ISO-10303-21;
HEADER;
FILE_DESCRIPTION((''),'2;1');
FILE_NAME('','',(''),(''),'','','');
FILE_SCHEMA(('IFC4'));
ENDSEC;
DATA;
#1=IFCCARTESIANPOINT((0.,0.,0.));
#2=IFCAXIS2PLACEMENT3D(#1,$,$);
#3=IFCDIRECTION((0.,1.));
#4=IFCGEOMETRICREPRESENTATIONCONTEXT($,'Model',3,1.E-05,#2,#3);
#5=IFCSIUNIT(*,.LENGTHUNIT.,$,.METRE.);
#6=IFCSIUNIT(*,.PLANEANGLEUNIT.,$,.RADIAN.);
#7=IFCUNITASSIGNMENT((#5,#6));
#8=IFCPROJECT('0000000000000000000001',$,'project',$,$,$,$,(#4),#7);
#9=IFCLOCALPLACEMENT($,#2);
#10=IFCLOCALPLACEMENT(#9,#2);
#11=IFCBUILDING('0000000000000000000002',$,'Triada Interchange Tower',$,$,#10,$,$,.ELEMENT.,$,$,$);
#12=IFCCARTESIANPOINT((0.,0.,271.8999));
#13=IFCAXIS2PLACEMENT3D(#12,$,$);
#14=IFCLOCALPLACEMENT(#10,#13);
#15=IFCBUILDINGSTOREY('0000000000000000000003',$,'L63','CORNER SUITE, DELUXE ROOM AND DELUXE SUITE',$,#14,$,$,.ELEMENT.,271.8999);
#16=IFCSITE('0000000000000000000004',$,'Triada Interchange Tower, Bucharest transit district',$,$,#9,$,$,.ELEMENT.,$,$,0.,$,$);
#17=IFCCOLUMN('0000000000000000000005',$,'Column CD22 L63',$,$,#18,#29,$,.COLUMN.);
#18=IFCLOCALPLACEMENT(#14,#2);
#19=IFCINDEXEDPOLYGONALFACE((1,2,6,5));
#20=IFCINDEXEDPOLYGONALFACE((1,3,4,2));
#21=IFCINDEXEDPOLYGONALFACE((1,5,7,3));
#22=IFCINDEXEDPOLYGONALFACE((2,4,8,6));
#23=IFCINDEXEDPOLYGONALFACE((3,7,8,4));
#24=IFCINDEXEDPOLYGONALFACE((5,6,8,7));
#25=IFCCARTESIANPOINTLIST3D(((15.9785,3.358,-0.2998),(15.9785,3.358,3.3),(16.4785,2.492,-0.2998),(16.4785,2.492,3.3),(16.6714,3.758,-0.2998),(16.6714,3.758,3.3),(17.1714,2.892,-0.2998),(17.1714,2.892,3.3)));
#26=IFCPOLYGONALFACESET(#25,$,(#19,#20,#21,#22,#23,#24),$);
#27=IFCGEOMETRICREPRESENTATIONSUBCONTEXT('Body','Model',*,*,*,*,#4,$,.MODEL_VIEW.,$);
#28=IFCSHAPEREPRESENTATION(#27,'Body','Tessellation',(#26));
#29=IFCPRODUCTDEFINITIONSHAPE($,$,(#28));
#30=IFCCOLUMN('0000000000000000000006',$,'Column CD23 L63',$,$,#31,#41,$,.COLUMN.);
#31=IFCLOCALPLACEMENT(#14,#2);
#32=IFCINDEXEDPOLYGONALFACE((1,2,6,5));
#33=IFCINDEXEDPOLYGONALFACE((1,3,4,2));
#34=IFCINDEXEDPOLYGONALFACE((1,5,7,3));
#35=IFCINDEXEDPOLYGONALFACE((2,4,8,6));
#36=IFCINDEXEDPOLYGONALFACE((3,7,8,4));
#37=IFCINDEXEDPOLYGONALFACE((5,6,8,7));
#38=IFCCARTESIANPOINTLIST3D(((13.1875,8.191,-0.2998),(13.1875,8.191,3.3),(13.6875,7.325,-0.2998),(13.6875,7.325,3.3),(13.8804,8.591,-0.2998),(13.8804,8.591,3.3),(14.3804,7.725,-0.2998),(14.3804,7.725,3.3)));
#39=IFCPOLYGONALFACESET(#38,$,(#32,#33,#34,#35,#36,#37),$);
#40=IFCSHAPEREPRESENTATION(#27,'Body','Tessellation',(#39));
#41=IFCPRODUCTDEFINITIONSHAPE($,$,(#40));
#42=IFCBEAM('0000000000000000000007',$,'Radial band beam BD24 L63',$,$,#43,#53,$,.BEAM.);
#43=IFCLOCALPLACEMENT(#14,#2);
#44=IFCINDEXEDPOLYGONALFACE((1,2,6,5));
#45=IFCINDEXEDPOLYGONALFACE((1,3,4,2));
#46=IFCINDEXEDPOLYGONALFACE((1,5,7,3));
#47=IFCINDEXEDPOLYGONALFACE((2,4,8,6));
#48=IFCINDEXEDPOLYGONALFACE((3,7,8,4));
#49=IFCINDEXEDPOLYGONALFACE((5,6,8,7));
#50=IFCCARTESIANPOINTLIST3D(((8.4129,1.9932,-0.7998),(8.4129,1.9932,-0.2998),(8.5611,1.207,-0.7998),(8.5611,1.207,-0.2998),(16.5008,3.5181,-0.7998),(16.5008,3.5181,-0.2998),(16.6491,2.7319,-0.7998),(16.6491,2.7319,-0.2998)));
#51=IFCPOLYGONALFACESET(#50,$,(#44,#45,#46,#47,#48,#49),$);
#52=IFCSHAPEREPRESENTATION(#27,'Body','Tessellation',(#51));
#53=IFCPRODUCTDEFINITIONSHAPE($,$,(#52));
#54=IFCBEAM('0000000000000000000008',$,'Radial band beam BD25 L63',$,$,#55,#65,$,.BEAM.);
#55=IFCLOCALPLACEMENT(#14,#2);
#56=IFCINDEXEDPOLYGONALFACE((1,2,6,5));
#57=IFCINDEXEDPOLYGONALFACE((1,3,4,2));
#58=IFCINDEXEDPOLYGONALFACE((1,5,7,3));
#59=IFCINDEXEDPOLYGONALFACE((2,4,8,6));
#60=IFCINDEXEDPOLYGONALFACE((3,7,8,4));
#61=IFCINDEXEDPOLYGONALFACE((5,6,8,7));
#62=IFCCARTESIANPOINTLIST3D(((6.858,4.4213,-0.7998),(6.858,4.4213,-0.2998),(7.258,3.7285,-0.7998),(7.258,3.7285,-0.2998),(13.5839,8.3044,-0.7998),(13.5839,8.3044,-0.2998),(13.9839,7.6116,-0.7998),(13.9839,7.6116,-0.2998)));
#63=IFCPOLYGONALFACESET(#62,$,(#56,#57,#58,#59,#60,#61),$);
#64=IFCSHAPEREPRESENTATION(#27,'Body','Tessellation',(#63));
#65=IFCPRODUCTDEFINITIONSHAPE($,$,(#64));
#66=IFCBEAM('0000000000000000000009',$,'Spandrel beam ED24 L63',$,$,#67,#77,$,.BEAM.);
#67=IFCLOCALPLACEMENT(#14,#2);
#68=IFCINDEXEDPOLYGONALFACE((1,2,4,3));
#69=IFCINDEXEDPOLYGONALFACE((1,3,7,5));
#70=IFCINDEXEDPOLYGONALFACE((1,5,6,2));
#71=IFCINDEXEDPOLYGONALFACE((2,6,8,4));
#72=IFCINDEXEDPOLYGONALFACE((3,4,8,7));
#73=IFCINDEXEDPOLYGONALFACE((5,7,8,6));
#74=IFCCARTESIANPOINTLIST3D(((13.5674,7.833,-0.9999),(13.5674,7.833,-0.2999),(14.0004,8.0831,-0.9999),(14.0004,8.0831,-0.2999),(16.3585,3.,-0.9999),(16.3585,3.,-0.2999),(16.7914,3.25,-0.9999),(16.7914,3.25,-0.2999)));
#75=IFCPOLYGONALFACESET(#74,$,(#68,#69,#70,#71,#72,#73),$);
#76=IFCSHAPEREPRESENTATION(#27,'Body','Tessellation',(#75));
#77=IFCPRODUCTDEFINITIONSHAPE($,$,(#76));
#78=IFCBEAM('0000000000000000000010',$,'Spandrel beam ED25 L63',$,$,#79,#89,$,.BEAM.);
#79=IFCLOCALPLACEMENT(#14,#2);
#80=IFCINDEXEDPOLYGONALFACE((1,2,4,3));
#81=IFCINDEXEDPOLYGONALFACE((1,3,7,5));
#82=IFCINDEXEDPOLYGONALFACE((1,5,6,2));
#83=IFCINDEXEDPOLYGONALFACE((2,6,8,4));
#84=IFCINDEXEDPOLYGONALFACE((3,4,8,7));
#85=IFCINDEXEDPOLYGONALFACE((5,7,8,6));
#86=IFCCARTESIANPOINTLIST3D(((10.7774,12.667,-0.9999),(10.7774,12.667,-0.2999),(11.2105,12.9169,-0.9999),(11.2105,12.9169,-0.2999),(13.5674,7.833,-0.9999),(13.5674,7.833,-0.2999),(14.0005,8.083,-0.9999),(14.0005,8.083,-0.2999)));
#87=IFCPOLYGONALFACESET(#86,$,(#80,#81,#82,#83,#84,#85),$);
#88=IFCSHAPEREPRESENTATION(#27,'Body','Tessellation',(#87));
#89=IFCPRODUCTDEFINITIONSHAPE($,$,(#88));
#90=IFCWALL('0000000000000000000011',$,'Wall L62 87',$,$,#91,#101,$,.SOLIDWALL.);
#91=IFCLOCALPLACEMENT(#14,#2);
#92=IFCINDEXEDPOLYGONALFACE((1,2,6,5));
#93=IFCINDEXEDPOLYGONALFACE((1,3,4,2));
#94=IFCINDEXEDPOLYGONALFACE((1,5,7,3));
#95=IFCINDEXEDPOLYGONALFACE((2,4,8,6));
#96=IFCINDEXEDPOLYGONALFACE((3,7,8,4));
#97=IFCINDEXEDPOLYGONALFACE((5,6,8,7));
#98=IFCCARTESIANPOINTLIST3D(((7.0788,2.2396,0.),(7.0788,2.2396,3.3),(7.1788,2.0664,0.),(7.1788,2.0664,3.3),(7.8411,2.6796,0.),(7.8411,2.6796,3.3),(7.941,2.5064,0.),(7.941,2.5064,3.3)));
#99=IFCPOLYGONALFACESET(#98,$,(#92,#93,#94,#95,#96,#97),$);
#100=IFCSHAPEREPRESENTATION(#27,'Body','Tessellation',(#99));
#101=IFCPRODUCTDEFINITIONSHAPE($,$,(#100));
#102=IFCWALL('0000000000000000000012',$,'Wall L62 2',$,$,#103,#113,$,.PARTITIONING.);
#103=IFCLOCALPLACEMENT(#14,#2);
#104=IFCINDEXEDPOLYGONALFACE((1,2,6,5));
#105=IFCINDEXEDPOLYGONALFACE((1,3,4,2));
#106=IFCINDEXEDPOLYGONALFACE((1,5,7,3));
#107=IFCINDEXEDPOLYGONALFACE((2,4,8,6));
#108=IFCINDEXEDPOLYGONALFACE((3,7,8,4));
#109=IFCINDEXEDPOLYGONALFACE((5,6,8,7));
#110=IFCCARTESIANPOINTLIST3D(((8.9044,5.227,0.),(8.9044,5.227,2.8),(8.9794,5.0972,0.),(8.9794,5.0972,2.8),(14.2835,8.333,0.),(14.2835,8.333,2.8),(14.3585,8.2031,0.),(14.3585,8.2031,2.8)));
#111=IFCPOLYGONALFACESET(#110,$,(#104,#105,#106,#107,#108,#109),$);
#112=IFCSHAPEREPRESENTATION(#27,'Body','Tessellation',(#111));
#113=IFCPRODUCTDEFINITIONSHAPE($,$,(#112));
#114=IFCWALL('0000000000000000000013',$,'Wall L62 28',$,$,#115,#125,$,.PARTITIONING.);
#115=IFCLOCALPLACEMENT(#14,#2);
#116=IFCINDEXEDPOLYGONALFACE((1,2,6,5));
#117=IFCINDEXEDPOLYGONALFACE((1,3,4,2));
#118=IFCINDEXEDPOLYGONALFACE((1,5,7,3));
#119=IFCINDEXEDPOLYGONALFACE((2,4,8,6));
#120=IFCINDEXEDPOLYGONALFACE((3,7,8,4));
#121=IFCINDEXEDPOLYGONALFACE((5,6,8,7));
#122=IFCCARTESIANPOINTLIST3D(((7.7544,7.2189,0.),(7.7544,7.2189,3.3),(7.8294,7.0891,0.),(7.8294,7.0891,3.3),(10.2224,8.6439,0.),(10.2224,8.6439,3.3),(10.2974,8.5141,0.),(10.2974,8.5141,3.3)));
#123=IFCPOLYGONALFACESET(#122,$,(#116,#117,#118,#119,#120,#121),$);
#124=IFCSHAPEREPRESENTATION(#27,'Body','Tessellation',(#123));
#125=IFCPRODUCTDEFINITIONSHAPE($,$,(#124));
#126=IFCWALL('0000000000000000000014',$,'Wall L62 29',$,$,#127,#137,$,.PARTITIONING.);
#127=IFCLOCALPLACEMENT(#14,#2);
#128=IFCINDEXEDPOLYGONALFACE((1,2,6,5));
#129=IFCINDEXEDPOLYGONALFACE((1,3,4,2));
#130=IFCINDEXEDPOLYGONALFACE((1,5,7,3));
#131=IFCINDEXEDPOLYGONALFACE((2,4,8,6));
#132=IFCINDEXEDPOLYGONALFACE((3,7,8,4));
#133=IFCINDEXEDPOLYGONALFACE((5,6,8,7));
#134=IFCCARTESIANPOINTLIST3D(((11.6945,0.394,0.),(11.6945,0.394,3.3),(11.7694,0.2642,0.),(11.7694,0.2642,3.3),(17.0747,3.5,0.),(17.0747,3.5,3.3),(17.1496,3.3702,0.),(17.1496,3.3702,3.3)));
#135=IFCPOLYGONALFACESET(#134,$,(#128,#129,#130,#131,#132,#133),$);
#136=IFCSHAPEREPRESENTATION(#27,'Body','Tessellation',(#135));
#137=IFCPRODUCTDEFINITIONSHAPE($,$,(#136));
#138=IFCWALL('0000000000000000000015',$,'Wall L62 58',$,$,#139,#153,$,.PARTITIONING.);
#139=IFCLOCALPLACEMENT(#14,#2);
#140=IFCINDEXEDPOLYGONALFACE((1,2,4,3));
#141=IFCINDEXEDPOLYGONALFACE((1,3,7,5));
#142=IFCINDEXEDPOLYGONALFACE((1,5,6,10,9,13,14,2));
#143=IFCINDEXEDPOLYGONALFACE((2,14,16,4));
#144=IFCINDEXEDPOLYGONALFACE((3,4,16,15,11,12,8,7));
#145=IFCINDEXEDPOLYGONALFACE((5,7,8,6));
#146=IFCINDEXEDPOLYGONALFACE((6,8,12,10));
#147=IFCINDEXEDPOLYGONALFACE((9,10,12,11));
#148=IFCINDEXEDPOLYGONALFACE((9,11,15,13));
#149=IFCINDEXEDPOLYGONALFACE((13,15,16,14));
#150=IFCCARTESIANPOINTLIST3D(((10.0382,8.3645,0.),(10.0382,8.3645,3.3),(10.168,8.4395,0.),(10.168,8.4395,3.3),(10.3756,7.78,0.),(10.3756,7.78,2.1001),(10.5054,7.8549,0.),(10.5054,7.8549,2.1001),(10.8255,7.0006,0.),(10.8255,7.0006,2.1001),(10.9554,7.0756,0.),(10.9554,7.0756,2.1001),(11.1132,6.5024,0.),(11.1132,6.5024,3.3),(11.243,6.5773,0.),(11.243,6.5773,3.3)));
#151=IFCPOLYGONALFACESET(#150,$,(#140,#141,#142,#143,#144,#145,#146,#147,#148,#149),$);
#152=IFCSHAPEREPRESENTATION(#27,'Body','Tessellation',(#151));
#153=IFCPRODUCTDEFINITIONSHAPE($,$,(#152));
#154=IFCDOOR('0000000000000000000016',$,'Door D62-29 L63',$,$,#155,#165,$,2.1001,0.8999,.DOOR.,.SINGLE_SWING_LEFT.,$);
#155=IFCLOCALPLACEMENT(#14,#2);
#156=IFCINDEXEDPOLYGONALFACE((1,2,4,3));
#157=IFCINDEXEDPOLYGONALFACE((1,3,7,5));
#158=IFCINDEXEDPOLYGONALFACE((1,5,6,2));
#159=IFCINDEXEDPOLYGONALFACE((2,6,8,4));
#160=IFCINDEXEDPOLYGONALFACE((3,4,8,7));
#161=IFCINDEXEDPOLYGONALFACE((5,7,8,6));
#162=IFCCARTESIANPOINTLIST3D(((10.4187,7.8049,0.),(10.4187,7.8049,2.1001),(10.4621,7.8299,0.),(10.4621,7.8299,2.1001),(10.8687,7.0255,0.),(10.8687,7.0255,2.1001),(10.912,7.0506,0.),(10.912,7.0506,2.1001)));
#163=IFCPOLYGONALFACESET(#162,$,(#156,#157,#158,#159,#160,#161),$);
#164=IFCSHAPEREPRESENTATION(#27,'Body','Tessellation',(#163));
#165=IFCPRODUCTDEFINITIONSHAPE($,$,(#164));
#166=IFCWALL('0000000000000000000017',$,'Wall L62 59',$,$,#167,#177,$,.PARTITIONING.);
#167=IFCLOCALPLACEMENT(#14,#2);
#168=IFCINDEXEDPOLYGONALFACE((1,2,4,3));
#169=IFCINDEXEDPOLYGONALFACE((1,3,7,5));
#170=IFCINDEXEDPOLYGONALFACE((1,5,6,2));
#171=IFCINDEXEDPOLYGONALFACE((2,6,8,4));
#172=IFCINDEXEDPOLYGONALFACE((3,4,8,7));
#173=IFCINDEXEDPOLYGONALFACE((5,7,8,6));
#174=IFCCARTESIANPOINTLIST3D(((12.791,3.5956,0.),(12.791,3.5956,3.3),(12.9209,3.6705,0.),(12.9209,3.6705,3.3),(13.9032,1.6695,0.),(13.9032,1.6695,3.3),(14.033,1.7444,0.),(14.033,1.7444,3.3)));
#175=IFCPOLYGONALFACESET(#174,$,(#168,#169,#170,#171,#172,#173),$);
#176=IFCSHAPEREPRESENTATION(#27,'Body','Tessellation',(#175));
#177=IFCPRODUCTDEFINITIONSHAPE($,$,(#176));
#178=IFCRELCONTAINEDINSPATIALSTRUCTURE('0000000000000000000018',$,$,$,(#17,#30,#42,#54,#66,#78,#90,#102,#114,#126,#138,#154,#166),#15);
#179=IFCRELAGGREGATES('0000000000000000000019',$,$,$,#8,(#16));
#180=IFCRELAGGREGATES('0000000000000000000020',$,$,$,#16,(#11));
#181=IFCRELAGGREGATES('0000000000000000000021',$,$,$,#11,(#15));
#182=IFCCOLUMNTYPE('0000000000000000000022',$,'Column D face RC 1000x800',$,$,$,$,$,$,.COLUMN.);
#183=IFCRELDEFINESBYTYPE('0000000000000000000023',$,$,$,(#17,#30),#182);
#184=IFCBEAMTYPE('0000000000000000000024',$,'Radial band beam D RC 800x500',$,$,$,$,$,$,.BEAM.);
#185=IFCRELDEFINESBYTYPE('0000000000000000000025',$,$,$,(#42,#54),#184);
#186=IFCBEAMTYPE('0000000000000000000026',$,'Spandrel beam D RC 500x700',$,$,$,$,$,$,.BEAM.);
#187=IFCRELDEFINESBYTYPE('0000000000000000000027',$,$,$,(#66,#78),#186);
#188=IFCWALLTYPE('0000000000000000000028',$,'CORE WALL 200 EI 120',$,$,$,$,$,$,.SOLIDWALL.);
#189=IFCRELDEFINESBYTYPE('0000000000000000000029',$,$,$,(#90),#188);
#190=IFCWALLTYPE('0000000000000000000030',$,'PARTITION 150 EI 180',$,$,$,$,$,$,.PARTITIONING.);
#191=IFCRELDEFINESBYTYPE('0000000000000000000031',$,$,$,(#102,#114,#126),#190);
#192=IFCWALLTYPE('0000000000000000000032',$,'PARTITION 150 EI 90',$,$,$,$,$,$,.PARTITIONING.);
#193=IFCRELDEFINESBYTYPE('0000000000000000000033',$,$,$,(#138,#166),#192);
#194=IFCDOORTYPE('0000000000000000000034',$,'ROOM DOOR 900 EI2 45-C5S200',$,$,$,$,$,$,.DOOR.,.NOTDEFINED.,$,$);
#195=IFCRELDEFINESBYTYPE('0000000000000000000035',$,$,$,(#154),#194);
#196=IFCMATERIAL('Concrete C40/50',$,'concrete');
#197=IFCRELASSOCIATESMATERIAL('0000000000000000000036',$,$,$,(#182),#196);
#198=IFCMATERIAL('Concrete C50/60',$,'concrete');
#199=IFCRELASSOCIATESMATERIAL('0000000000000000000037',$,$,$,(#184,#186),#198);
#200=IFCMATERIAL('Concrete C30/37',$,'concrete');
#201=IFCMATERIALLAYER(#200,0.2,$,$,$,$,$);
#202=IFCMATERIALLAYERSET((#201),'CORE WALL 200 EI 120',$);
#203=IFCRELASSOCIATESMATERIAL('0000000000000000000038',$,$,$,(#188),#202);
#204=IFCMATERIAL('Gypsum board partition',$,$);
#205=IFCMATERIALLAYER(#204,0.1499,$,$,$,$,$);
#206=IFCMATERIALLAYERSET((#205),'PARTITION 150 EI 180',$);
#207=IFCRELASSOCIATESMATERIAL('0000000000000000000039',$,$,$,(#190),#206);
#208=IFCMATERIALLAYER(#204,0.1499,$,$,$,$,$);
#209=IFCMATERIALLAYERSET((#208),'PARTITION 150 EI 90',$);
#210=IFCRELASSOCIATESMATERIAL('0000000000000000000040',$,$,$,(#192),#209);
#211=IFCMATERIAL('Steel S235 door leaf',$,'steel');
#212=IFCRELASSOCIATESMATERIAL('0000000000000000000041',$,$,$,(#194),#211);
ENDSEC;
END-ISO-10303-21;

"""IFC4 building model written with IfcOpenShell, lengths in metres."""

from ifc_helpers import new_model, si_unit, direction, frame, frame_2d, origin, origin_2d, place, context, subcontext, project, spatial, rectangle, extrude, material, layer, layer_set, material_profile, profile_set, type_object, element, fill, save


model = new_model("IFC4")

# Units and contexts
model_context = context("Model", 3, precision=1e-05, world=origin(), true_north=direction((0.0, 1.0)))
body_context = subcontext(model_context, "Body", "Model", "MODEL_VIEW")
ifc_project = project(units=[si_unit("LENGTHUNIT", "METRE"), si_unit("PLANEANGLEUNIT", "RADIAN")], contexts=[model_context])

# Site, building, storey
site_placement = place(None, origin())
site = spatial("IfcSite", under=ifc_project, at=site_placement, Name="Triada Interchange Tower, Bucharest transit district", CompositionType="ELEMENT", RefElevation=0.0)
building_placement = place(site_placement, origin())
building = spatial("IfcBuilding", under=site, at=building_placement, Name="Triada Interchange Tower", CompositionType="ELEMENT")
storey_placement = place(building_placement, frame((0.0, 0.0, 271.8999)))
storey = spatial("IfcBuildingStorey", under=building, at=storey_placement, Name="L63", Description="CORNER SUITE, DELUXE ROOM AND DELUXE SUITE", CompositionType="ELEMENT", Elevation=271.8999)

# Columns
ifc_material_1 = material(Name="Concrete C40/50", Category="concrete")
ifc_material_profile_1 = material_profile(ifc_material_1, rectangle(XDim=1.0, YDim=0.8, at=origin_2d()), Name="RC 1000x800")
ifc_profile_set_1 = profile_set([ifc_material_profile_1], Name="Concrete C40/50")
column_type = type_object("IfcColumnType", Name="Column D face RC 1000x800", PredefinedType="COLUMN", material=ifc_profile_set_1)
for number, where, z_axis, x_axis, name in (
    (1, (16.575, 3.125, -0.2998), (0.0, 0.0, 1.0), (-0.5, 0.866025, 0.0), "Column CD22 L63"),
    (2, (13.7839, 7.958, -0.2998), (0.0, 0.0, 1.0), (-0.5, 0.866025, 0.0), "Column CD23 L63"),
):
    element("IfcColumn", number, at=place(storey_placement, frame(where, z_axis=z_axis, x_axis=x_axis)), inside=storey, type_object=column_type, Name=name, PredefinedType="COLUMN", context=body_context, shape_type="SweptSolid", body=[
        extrude(rectangle(XDim=1.0, YDim=0.8, at=origin_2d()), origin(), (0.0, 0.0, 1.0), 3.5999),
    ])

# Beams
ifc_material_2 = material(Name="Concrete C50/60", Category="concrete")
ifc_material_profile_2 = material_profile(ifc_material_2, rectangle(XDim=0.8, YDim=0.5, at=origin_2d()), Name="RC 800x500")
ifc_profile_set_2 = profile_set([ifc_material_profile_2], Name="Concrete C50/60")
beam_type_1 = type_object("IfcBeamType", Name="Radial band beam D RC 800x500", PredefinedType="BEAM", material=ifc_profile_set_2)
beam_1_placement = place(storey_placement, frame((16.575, 3.125, -0.5498), z_axis=(-0.982686, -0.185277, 0.0), x_axis=(0.185277, -0.982686, 0.0)))
element("IfcBeam", 3, at=beam_1_placement, inside=storey, type_object=beam_type_1, Name="Radial band beam BD24 L63", PredefinedType="BEAM", context=body_context, shape_type="SweptSolid", body=[
    extrude(rectangle(XDim=0.8, YDim=0.5, at=origin_2d()), origin(), (0.0, 0.0, 1.0), 8.2305),
])
beam_2_placement = place(storey_placement, frame((13.7839, 7.958, -0.5498), z_axis=(-0.866031, -0.49999, 0.0), x_axis=(0.49999, -0.866031, 0.0)))
element("IfcBeam", 4, at=beam_2_placement, inside=storey, type_object=beam_type_1, Name="Radial band beam BD25 L63", PredefinedType="BEAM", context=body_context, shape_type="SweptSolid", body=[
    extrude(rectangle(XDim=0.8, YDim=0.5, at=origin_2d()), origin(), (0.0, 0.0, 1.0), 7.7664),
])
ifc_material_profile_3 = material_profile(ifc_material_2, rectangle(XDim=0.5, YDim=0.7, at=origin_2d()), Name="RC 500x700")
ifc_profile_set_3 = profile_set([ifc_material_profile_3], Name="Concrete C50/60")
beam_type_2 = type_object("IfcBeamType", Name="Spandrel beam D RC 500x700", PredefinedType="BEAM", material=ifc_profile_set_3)
beam_3_placement = place(storey_placement, frame((16.575, 3.125, -0.6499), z_axis=(-0.500091, 0.865973, 0.0), x_axis=(-0.865973, -0.500091, 0.0)))
element("IfcBeam", 5, at=beam_3_placement, inside=storey, type_object=beam_type_2, Name="Spandrel beam ED24 L63", PredefinedType="BEAM", context=body_context, shape_type="SweptSolid", body=[
    extrude(rectangle(XDim=0.5, YDim=0.7, at=origin_2d()), origin(), (0.0, 0.0, 1.0), 5.5811),
])
beam_4_placement = place(storey_placement, frame((13.7839, 7.958, -0.6499), z_axis=(-0.499884, 0.866092, 0.0), x_axis=(-0.866092, -0.499884, 0.0)))
element("IfcBeam", 6, at=beam_4_placement, inside=storey, type_object=beam_type_2, Name="Spandrel beam ED25 L63", PredefinedType="BEAM", context=body_context, shape_type="SweptSolid", body=[
    extrude(rectangle(XDim=0.5, YDim=0.7, at=origin_2d()), origin(), (0.0, 0.0, 1.0), 5.5813),
])

# Walls
ifc_material_3 = material(Name="Concrete C30/37", Category="concrete")
ifc_layer_1 = layer(ifc_material_3, 0.2)
ifc_layer_set_1 = layer_set([ifc_layer_1], Name="CORE WALL 200 EI 120")
wall_type_1 = type_object("IfcWallType", Name="CORE WALL 200 EI 120", PredefinedType="SOLIDWALL", material=ifc_layer_set_1)
wall_1_placement = place(storey_placement, frame((7.1289, 2.1531, 0.0), z_axis=(0.0, 0.0, 1.0), x_axis=(0.866084, 0.499899, 0.0)))
element("IfcWall", 7, at=wall_1_placement, inside=storey, type_object=wall_type_1, Name="Wall L62 87", PredefinedType="SOLIDWALL", context=body_context, shape_type="SweptSolid", body=[
    extrude(rectangle(XDim=0.8801, YDim=0.2, at=frame_2d((0.4399, 0.0))), origin(), (0.0, 0.0, 1.0), 3.3),
])
ifc_material_4 = material(Name="Gypsum board partition")
ifc_layer_2 = layer(ifc_material_4, 0.1499)
ifc_layer_set_2 = layer_set([ifc_layer_2], Name="PARTITION 150 EI 180")
wall_type_2 = type_object("IfcWallType", Name="PARTITION 150 EI 180", PredefinedType="PARTITIONING", material=ifc_layer_set_2)
wall_2_placement = place(storey_placement, frame((8.9419, 5.1621, 0.0), z_axis=(0.0, 0.0, 1.0), x_axis=(0.866004, 0.500037, 0.0)))
element("IfcWall", 8, at=wall_2_placement, inside=storey, type_object=wall_type_2, Name="Wall L62 2", PredefinedType="PARTITIONING", context=body_context, shape_type="SweptSolid", body=[
    extrude(rectangle(XDim=6.2114, YDim=0.1499, at=frame_2d((3.1057, 0.0))), origin(), (0.0, 0.0, 1.0), 2.8),
])
wall_3_placement = place(storey_placement, frame((7.792, 7.1541, 0.0), z_axis=(0.0, 0.0, 1.0), x_axis=(0.866004, 0.500036, 0.0)))
element("IfcWall", 9, at=wall_3_placement, inside=storey, type_object=wall_type_2, Name="Wall L62 28", PredefinedType="PARTITIONING", context=body_context, shape_type="SweptSolid", body=[
    extrude(rectangle(XDim=2.8499, YDim=0.1499, at=frame_2d((1.4248, 0.0))), origin(), (0.0, 0.0, 1.0), 3.3),
])
wall_4_placement = place(storey_placement, frame((11.7319, 0.3291, 0.0), z_axis=(0.0, 0.0, 1.0), x_axis=(0.866044, 0.499969, 0.0)))
element("IfcWall", 10, at=wall_4_placement, inside=storey, type_object=wall_type_2, Name="Wall L62 29", PredefinedType="PARTITIONING", context=body_context, shape_type="SweptSolid", body=[
    extrude(rectangle(XDim=6.2124, YDim=0.1499, at=frame_2d((3.1062, 0.0))), origin(), (0.0, 0.0, 1.0), 3.3),
])

# Wall, opening, door
ifc_layer_3 = layer(ifc_material_4, 0.1499)
ifc_layer_set_3 = layer_set([ifc_layer_3], Name="PARTITION 150 EI 90")
wall_type_3 = type_object("IfcWallType", Name="PARTITION 150 EI 90", PredefinedType="PARTITIONING", material=ifc_layer_set_3)
wall_5_placement = place(storey_placement, frame((10.103, 8.4021, 0.0), z_axis=(0.0, 0.0, 1.0), x_axis=(0.499962, -0.866048, 0.0)))
wall_5 = element("IfcWall", 11, at=wall_5_placement, inside=storey, type_object=wall_type_3, Name="Wall L62 58", PredefinedType="PARTITIONING", context=body_context, shape_type="SweptSolid", body=[
    extrude(rectangle(XDim=2.1501, YDim=0.1499, at=frame_2d((1.0752, 0.0))), origin(), (0.0, 0.0, 1.0), 3.3),
])
opening_1_placement = place(wall_5_placement, frame((0.675, 0.0, 0.0)))
opening_1 = element("IfcOpeningElement", 12, at=opening_1_placement, cuts=wall_5, PredefinedType="OPENING", context=body_context, shape_type="SweptSolid", body=[
    extrude(rectangle(XDim=0.8999, YDim=2.1001, at=frame_2d((0.45, 1.05))), frame((0.0, 0.085, 0.0), z_axis=(0.0, -1.0, 0.0), x_axis=(1.0, 0.0, 0.0)), (0.0, 0.0, 1.0), 0.1699),
])
ifc_material_5 = material(Name="Steel S235 door leaf", Category="steel")
door_type = type_object("IfcDoorType", Name="ROOM DOOR 900 EI2 45-C5S200", OperationType="NOTDEFINED", PredefinedType="DOOR", material=ifc_material_5)
door_1_placement = place(opening_1_placement, origin())
door_1 = element("IfcDoor", 13, at=door_1_placement, inside=storey, type_object=door_type, Name="Door D62-29 L63", OperationType="SINGLE_SWING_LEFT", OverallHeight=2.1001, OverallWidth=0.8999, PredefinedType="DOOR", context=body_context, shape_type="SweptSolid", body=[
    extrude(rectangle(XDim=0.8999, YDim=2.1001, at=frame_2d((0.45, 1.05))), frame((0.0, 0.0249, 0.0), z_axis=(0.0, -1.0, 0.0), x_axis=(1.0, 0.0, 0.0)), (0.0, 0.0, 1.0), 0.05),
])
fill(opening_1, door_1)

# Wall
wall_6_placement = place(storey_placement, frame((12.856, 3.6331, 0.0), z_axis=(0.0, 0.0, 1.0), x_axis=(0.500023, -0.866012, 0.0)))
element("IfcWall", 14, at=wall_6_placement, inside=storey, type_object=wall_type_3, Name="Wall L62 59", PredefinedType="PARTITIONING", context=body_context, shape_type="SweptSolid", body=[
    extrude(rectangle(XDim=2.2241, YDim=0.1499, at=frame_2d((1.1121, 0.0))), origin(), (0.0, 0.0, 1.0), 3.3),
])

save(model, "model.ifc")
